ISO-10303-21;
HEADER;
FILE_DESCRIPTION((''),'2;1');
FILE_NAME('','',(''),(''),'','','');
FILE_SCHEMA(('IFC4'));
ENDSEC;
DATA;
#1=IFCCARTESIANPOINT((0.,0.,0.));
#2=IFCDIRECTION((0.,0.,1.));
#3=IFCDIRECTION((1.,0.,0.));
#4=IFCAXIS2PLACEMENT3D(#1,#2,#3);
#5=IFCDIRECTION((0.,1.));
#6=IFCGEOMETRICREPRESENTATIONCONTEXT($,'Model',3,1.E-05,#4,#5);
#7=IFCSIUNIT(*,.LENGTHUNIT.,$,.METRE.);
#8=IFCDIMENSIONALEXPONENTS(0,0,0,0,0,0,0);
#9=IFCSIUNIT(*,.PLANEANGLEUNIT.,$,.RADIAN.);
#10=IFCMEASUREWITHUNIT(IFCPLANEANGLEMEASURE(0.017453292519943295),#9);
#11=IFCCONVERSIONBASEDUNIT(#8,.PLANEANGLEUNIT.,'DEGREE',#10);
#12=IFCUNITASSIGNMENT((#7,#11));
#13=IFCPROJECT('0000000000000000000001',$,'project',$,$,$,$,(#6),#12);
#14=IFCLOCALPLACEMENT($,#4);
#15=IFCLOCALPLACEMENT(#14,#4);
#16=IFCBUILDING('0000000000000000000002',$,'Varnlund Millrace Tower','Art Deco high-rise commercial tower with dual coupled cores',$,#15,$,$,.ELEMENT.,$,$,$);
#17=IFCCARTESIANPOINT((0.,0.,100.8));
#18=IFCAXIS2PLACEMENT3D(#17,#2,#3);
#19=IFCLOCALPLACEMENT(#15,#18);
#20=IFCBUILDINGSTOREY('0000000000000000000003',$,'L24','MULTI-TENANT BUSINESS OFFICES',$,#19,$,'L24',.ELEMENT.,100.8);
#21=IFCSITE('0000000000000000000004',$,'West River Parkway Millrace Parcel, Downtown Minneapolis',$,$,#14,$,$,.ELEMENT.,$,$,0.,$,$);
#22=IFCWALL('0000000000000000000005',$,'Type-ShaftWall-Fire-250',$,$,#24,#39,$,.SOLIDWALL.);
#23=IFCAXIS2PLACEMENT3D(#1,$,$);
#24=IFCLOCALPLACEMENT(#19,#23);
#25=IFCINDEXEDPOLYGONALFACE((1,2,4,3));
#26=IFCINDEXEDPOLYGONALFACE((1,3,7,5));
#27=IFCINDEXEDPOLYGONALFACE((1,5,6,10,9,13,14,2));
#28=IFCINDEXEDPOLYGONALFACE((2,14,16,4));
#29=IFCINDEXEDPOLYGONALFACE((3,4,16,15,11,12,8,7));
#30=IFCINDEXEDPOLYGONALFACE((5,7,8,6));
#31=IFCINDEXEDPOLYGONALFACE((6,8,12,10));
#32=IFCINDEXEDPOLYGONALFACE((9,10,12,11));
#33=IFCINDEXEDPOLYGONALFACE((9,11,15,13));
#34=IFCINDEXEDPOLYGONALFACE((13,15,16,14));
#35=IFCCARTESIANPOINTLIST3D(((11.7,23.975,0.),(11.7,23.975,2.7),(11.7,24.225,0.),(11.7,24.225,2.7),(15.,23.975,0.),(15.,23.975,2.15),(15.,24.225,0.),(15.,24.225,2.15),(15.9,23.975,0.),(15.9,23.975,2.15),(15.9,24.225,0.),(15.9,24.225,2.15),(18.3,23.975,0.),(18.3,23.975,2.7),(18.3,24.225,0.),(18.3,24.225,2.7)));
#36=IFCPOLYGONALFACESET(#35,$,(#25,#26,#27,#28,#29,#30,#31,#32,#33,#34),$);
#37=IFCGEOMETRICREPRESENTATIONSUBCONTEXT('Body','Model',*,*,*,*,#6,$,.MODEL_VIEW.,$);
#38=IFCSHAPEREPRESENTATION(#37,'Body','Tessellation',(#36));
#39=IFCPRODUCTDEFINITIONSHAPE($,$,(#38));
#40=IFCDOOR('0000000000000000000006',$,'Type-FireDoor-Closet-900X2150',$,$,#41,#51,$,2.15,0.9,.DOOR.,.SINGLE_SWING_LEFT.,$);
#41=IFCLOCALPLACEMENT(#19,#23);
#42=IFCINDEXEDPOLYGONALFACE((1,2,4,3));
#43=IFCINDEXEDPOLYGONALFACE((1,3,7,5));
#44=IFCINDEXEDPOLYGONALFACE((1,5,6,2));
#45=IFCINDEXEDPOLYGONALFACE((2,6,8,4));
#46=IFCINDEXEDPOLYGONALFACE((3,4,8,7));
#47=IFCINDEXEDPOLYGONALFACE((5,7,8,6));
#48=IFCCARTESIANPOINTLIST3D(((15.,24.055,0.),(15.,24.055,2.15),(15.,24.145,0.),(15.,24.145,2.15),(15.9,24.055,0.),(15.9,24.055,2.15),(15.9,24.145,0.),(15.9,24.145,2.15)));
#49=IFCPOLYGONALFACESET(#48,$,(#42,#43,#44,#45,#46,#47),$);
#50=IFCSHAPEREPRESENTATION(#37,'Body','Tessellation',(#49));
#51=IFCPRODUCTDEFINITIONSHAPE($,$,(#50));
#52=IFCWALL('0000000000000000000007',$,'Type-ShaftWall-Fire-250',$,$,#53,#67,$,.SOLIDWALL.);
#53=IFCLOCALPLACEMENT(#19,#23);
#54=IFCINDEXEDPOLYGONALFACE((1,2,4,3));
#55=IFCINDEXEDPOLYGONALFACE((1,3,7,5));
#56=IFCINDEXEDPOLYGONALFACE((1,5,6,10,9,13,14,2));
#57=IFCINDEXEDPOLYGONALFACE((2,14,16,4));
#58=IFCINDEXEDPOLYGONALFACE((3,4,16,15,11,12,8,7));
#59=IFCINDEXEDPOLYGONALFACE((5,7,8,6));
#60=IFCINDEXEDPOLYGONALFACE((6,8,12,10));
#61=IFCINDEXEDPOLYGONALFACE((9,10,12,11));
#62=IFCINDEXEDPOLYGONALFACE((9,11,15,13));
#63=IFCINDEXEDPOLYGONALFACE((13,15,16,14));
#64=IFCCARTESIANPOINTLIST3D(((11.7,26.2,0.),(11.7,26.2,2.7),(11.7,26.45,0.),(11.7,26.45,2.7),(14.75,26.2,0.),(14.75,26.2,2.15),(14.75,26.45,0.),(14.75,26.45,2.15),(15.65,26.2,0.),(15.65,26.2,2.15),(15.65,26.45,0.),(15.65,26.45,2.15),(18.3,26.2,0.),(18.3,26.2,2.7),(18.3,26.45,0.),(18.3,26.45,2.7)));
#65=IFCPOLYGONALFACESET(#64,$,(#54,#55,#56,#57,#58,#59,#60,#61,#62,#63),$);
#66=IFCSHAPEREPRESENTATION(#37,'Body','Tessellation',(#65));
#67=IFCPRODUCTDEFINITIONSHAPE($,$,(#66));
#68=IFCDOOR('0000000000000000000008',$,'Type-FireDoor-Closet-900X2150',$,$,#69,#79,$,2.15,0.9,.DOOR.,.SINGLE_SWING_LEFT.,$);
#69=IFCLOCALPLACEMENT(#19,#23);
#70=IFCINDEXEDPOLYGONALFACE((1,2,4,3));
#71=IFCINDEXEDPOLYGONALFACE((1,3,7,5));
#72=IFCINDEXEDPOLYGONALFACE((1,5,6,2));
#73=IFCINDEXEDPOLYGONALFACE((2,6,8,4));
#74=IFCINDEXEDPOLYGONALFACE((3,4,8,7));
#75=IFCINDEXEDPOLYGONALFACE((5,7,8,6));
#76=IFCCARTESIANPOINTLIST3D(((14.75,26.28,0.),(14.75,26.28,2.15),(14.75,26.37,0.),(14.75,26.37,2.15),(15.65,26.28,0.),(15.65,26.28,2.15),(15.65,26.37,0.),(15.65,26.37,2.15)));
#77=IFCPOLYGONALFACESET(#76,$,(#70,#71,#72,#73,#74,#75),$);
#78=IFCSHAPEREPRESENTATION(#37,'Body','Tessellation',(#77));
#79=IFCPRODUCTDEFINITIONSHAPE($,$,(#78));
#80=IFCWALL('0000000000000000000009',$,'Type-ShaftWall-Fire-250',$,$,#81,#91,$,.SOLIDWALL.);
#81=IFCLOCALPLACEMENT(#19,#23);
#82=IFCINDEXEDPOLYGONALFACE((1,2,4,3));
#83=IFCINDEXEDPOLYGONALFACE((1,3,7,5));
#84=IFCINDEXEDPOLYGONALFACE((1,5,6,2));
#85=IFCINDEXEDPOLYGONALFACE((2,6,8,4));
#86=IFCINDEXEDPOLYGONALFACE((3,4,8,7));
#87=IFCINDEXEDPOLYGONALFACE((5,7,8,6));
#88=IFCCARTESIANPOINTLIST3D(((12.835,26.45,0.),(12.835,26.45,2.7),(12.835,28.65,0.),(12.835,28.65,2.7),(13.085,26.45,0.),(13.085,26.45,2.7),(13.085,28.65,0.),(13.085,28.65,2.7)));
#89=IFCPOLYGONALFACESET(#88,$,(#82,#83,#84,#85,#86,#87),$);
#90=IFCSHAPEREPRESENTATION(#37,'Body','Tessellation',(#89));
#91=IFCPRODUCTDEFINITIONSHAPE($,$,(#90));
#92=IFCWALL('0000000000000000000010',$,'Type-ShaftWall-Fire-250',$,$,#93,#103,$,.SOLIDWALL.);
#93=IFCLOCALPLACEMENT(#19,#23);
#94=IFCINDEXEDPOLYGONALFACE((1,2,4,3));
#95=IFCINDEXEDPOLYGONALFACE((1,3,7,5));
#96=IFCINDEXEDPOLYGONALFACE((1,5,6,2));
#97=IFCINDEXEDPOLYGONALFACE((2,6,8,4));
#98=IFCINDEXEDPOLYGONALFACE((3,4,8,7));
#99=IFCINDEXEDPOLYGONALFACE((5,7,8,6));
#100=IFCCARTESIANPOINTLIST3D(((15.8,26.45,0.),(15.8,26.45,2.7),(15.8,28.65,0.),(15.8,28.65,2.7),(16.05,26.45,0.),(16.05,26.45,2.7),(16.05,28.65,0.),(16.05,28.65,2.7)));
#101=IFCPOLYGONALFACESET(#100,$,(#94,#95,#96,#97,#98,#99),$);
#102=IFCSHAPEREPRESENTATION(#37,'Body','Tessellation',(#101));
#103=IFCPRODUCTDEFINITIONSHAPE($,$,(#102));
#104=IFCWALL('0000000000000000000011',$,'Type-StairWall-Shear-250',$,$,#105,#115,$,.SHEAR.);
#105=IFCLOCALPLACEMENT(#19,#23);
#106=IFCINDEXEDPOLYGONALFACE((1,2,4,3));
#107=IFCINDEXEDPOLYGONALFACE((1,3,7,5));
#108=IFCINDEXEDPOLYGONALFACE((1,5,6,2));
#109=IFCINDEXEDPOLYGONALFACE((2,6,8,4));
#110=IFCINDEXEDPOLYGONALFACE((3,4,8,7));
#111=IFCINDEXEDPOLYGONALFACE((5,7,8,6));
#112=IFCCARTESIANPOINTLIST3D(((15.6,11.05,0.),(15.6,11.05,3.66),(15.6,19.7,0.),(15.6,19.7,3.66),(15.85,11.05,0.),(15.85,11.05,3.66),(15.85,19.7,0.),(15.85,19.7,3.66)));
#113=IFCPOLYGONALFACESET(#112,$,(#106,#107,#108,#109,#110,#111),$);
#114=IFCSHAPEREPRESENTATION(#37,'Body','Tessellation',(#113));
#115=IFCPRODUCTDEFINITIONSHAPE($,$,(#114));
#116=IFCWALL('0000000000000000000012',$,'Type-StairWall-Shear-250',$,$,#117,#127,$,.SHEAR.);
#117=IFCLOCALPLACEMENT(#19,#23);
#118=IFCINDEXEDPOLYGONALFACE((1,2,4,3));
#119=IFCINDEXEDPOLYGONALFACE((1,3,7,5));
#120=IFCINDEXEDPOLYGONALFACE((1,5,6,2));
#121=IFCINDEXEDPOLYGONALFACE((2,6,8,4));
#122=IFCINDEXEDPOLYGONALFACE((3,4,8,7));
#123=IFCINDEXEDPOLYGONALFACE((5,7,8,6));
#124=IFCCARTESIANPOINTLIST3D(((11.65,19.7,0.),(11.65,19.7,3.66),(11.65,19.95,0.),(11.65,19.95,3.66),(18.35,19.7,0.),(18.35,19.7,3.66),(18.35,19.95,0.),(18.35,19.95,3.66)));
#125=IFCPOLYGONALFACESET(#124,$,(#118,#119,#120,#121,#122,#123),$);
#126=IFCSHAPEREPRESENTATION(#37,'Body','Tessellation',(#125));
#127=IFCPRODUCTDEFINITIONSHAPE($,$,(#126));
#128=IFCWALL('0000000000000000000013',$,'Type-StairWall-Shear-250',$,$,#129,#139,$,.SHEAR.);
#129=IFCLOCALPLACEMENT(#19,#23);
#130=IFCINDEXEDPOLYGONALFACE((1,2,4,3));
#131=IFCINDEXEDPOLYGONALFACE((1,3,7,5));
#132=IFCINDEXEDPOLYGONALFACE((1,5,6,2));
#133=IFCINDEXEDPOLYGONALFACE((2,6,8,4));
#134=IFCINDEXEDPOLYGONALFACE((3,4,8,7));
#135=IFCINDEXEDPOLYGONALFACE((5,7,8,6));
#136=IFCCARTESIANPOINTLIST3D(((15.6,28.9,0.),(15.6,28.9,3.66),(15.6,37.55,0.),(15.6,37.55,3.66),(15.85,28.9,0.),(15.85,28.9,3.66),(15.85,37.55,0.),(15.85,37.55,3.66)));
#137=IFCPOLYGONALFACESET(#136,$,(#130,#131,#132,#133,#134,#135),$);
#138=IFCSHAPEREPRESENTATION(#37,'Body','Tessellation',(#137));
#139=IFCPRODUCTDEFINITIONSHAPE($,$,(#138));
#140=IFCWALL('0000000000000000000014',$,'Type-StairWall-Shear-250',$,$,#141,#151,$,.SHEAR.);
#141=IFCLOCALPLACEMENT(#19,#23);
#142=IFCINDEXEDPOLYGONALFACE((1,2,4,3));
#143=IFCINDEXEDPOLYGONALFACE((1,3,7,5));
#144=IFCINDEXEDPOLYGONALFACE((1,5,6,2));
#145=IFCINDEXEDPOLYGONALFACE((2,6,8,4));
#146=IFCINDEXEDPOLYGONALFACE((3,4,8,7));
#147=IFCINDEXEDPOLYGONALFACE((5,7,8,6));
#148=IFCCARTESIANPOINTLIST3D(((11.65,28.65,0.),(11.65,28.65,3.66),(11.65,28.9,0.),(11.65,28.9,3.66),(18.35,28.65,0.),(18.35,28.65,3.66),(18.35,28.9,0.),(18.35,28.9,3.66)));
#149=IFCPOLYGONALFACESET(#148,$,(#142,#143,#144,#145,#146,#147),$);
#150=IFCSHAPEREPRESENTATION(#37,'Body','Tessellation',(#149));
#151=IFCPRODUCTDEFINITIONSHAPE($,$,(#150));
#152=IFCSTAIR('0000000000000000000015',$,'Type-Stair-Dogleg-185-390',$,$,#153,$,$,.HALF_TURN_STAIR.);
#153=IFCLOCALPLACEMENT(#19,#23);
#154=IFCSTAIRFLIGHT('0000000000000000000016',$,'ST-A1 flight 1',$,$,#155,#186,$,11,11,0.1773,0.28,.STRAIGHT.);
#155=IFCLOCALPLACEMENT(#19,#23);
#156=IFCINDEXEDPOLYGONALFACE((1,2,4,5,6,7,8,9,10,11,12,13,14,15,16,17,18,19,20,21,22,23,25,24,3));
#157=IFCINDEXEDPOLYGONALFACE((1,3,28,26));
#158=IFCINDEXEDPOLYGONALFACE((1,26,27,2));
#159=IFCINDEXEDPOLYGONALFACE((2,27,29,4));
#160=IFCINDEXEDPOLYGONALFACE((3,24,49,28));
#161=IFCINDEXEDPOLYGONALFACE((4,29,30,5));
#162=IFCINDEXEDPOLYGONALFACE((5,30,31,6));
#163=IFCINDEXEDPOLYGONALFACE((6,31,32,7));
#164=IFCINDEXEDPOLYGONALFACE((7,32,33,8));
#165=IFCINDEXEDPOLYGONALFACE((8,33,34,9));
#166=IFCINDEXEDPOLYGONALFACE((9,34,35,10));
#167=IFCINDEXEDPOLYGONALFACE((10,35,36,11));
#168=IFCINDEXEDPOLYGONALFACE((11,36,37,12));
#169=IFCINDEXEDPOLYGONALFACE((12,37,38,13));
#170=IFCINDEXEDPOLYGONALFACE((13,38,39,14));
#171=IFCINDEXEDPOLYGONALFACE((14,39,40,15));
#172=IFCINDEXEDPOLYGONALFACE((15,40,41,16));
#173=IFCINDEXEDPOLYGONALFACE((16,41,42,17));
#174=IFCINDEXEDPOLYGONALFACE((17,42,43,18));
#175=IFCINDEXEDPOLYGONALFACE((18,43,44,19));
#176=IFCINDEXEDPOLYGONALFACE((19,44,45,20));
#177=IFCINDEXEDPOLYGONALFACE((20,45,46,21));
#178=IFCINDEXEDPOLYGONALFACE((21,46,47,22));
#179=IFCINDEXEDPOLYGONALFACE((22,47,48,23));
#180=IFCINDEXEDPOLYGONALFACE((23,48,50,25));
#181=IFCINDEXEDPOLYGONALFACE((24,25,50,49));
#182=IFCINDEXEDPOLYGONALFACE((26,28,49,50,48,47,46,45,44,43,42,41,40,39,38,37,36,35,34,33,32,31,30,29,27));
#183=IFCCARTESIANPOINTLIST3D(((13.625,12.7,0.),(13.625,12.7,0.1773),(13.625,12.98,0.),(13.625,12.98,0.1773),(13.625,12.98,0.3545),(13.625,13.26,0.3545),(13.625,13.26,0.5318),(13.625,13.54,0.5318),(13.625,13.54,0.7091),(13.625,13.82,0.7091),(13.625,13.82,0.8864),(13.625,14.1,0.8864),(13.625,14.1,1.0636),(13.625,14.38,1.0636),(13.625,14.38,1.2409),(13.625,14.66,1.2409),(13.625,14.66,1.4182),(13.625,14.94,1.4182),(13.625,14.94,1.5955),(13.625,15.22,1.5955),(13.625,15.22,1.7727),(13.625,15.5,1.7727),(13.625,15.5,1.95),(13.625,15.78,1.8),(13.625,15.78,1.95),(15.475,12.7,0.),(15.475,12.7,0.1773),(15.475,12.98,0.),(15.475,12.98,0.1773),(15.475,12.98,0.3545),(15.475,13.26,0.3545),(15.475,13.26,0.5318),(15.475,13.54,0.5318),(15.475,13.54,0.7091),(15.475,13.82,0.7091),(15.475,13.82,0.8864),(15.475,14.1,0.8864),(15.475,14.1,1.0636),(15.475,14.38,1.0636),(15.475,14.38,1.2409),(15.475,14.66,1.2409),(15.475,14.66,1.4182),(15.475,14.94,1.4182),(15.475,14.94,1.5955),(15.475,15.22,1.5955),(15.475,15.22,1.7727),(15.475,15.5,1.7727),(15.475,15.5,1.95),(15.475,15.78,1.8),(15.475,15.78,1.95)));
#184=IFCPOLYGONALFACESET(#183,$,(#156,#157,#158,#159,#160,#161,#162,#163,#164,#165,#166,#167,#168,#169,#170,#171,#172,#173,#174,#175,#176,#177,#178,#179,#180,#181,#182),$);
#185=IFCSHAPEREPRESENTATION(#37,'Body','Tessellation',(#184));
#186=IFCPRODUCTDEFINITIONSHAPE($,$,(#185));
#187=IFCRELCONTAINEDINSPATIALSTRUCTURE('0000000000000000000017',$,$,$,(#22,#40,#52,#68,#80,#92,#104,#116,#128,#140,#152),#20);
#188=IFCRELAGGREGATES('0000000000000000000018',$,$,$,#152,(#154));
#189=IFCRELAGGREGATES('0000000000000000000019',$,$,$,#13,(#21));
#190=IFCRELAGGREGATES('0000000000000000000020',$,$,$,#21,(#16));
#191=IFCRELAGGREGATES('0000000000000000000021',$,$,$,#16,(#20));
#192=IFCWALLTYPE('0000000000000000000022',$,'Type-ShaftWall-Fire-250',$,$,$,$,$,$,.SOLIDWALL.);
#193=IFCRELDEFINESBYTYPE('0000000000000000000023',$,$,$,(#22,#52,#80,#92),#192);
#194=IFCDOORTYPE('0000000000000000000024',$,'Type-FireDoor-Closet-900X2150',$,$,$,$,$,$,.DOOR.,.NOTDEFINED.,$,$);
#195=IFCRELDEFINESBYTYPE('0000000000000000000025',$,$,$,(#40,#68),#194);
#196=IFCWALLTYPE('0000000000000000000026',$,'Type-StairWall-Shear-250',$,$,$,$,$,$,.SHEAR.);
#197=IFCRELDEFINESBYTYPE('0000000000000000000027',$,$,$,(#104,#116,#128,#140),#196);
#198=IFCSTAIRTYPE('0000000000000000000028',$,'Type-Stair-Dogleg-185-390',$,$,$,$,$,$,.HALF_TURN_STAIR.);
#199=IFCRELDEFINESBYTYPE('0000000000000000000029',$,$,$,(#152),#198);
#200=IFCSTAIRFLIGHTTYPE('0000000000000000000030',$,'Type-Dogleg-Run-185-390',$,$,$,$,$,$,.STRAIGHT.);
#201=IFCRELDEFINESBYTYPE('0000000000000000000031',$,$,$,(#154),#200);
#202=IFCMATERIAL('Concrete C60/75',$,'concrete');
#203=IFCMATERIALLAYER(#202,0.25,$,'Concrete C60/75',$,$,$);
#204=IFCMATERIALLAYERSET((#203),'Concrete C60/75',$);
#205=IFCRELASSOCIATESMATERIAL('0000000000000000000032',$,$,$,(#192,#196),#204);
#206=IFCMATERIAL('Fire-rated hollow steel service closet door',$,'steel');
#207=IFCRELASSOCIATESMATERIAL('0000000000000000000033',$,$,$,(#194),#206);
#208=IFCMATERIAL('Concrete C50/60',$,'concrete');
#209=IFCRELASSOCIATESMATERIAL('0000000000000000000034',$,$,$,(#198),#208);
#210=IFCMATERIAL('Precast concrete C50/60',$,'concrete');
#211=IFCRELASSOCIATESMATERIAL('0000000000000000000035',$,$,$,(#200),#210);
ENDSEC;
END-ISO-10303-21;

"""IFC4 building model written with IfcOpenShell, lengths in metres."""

from ifc_helpers import new_model, entity, si_unit, converted_unit, direction, frame, origin_with_axes, origin_2d_with_axis, place, context, subcontext, project, spatial, polyline, rectangle, outline, extrude, material, layer, layer_set, type_object, element, fill, aggregate, save


model = new_model("IFC4")

# Units and contexts
model_context = context("Model", 3, precision=1e-05, world=origin_with_axes(), true_north=direction((0.0, 1.0)))
body_context = subcontext(model_context, "Body", "Model", "MODEL_VIEW")
ifc_project = project(units=[si_unit("LENGTHUNIT", "METRE"), converted_unit("PLANEANGLEUNIT", "DEGREE", entity("IfcPlaneAngleMeasure", 0.017453292519943295), si_unit("PLANEANGLEUNIT", "RADIAN"), dimensions=[0, 0, 0, 0, 0, 0, 0])], contexts=[model_context])

# Site, building, storey
site_placement = place(None, origin_with_axes())
site = spatial("IfcSite", under=ifc_project, at=site_placement, Name="West River Parkway Millrace Parcel, Downtown Minneapolis", CompositionType="ELEMENT", RefElevation=0.0)
building_placement = place(site_placement, origin_with_axes())
building = spatial("IfcBuilding", under=site, at=building_placement, Name="Varnlund Millrace Tower", Description="Art Deco high-rise commercial tower with dual coupled cores", CompositionType="ELEMENT")
storey_placement = place(building_placement, frame((0.0, 0.0, 100.8), z_axis=(0.0, 0.0, 1.0), x_axis=(1.0, 0.0, 0.0)))
storey = spatial("IfcBuildingStorey", under=building, at=storey_placement, Name="L24", Description="MULTI-TENANT BUSINESS OFFICES", LongName="L24", CompositionType="ELEMENT", Elevation=100.8)

# Shared definitions
ifc_material_1 = material(Name="Concrete C60/75", Category="concrete")
ifc_layer_1 = layer(ifc_material_1, 0.25, Name="Concrete C60/75")
ifc_layer_set_1 = layer_set([ifc_layer_1], Name="Concrete C60/75")
wall_type_1 = type_object("IfcWallType", Name="Type-ShaftWall-Fire-250", PredefinedType="SOLIDWALL", material=ifc_layer_set_1)

# Walls, openings, doors
wall_1_placement = place(storey_placement, frame((11.7, 24.1, 0.0), z_axis=(0.0, 0.0, 1.0), x_axis=(1.0, 0.0, 0.0)))
wall_1 = element("IfcWall", 1, at=wall_1_placement, inside=storey, type_object=wall_type_1, Name="Type-ShaftWall-Fire-250", PredefinedType="SOLIDWALL", context=body_context, shape_type="SweptSolid", body=[
    extrude(outline(polyline([(0.0, -0.125), (6.6, -0.125), (6.6, 0.125), (0.0, 0.125), (0.0, -0.125)])), origin_with_axes(), (0.0, 0.0, 1.0), 2.7),
])
opening_1_placement = place(wall_1_placement, frame((3.75, 0.0, 0.0), z_axis=(0.0, 0.0, 1.0), x_axis=(1.0, 0.0, 0.0)))
opening_1 = element("IfcOpeningElement", 2, at=opening_1_placement, cuts=wall_1, PredefinedType="OPENING", context=body_context, shape_type="SweptSolid", body=[
    extrude(rectangle(XDim=0.9, YDim=0.27, at=origin_2d_with_axis()), origin_with_axes(), (0.0, 0.0, 1.0), 2.15),
])
ifc_material_2 = material(Name="Fire-rated hollow steel service closet door", Category="steel")
door_type_1 = type_object("IfcDoorType", Name="Type-FireDoor-Closet-900X2150", OperationType="NOTDEFINED", PredefinedType="DOOR", material=ifc_material_2)
door_1_placement = place(wall_1_placement, frame((3.75, 0.0, 0.0), z_axis=(0.0, 0.0, 1.0), x_axis=(1.0, 0.0, 0.0)))
door_1 = element("IfcDoor", 3, at=door_1_placement, inside=storey, type_object=door_type_1, Name="Type-FireDoor-Closet-900X2150", OperationType="SINGLE_SWING_LEFT", OverallHeight=2.15, OverallWidth=0.9, PredefinedType="DOOR", context=body_context, shape_type="SweptSolid", body=[
    extrude(rectangle(XDim=0.9, YDim=0.09, at=origin_2d_with_axis()), origin_with_axes(), (0.0, 0.0, 1.0), 2.15),
])
fill(opening_1, door_1)
wall_2_placement = place(storey_placement, frame((11.7, 26.325, 0.0), z_axis=(0.0, 0.0, 1.0), x_axis=(1.0, 0.0, 0.0)))
wall_2 = element("IfcWall", 4, at=wall_2_placement, inside=storey, type_object=wall_type_1, Name="Type-ShaftWall-Fire-250", PredefinedType="SOLIDWALL", context=body_context, shape_type="SweptSolid", body=[
    extrude(outline(polyline([(0.0, -0.125), (6.6, -0.125), (6.6, 0.125), (0.0, 0.125), (0.0, -0.125)])), origin_with_axes(), (0.0, 0.0, 1.0), 2.7),
])
opening_2_placement = place(wall_2_placement, frame((3.5, 0.0, 0.0), z_axis=(0.0, 0.0, 1.0), x_axis=(1.0, 0.0, 0.0)))
opening_2 = element("IfcOpeningElement", 5, at=opening_2_placement, cuts=wall_2, PredefinedType="OPENING", context=body_context, shape_type="SweptSolid", body=[
    extrude(rectangle(XDim=0.9, YDim=0.27, at=origin_2d_with_axis()), origin_with_axes(), (0.0, 0.0, 1.0), 2.15),
])
door_2_placement = place(wall_2_placement, frame((3.5, 0.0, 0.0), z_axis=(0.0, 0.0, 1.0), x_axis=(1.0, 0.0, 0.0)))
door_2 = element("IfcDoor", 6, at=door_2_placement, inside=storey, type_object=door_type_1, Name="Type-FireDoor-Closet-900X2150", OperationType="SINGLE_SWING_LEFT", OverallHeight=2.15, OverallWidth=0.9, PredefinedType="DOOR", context=body_context, shape_type="SweptSolid", body=[
    extrude(rectangle(XDim=0.9, YDim=0.09, at=origin_2d_with_axis()), origin_with_axes(), (0.0, 0.0, 1.0), 2.15),
])
fill(opening_2, door_2)

# Walls
for number, where, z_axis, x_axis, name in (
    (7, (12.96, 26.45, 0.0), (0.0, 0.0, 1.0), (0.0, 1.0, 0.0), "Type-ShaftWall-Fire-250"),
    (8, (15.925, 26.45, 0.0), (0.0, 0.0, 1.0), (0.0, 1.0, 0.0), "Type-ShaftWall-Fire-250"),
):
    element("IfcWall", number, at=place(storey_placement, frame(where, z_axis=z_axis, x_axis=x_axis)), inside=storey, type_object=wall_type_1, Name=name, PredefinedType="SOLIDWALL", context=body_context, shape_type="SweptSolid", body=[
        extrude(outline(polyline([(0.0, -0.125), (2.2, -0.125), (2.2, 0.125), (0.0, 0.125), (0.0, -0.125)])), origin_with_axes(), (0.0, 0.0, 1.0), 2.7),
    ])
wall_type_2 = type_object("IfcWallType", Name="Type-StairWall-Shear-250", PredefinedType="SHEAR", material=ifc_layer_set_1)
wall_3_placement = place(storey_placement, frame((15.725, 11.05, 0.0), z_axis=(0.0, 0.0, 1.0), x_axis=(0.0, 1.0, 0.0)))
element("IfcWall", 9, at=wall_3_placement, inside=storey, type_object=wall_type_2, Name="Type-StairWall-Shear-250", PredefinedType="SHEAR", context=body_context, shape_type="SweptSolid", body=[
    extrude(outline(polyline([(0.0, -0.125), (8.65, -0.125), (8.65, 0.125), (0.0, 0.125), (0.0, -0.125)])), origin_with_axes(), (0.0, 0.0, 1.0), 3.66),
])
wall_4_placement = place(storey_placement, frame((11.65, 19.825, 0.0), z_axis=(0.0, 0.0, 1.0), x_axis=(1.0, 0.0, 0.0)))
element("IfcWall", 10, at=wall_4_placement, inside=storey, type_object=wall_type_2, Name="Type-StairWall-Shear-250", PredefinedType="SHEAR", context=body_context, shape_type="SweptSolid", body=[
    extrude(outline(polyline([(0.0, -0.125), (6.7, -0.125), (6.7, 0.125), (0.0, 0.125), (0.0, -0.125)])), origin_with_axes(), (0.0, 0.0, 1.0), 3.66),
])
wall_5_placement = place(storey_placement, frame((15.725, 28.9, 0.0), z_axis=(0.0, 0.0, 1.0), x_axis=(0.0, 1.0, 0.0)))
element("IfcWall", 11, at=wall_5_placement, inside=storey, type_object=wall_type_2, Name="Type-StairWall-Shear-250", PredefinedType="SHEAR", context=body_context, shape_type="SweptSolid", body=[
    extrude(outline(polyline([(0.0, -0.125), (8.65, -0.125), (8.65, 0.125), (0.0, 0.125), (0.0, -0.125)])), origin_with_axes(), (0.0, 0.0, 1.0), 3.66),
])
wall_6_placement = place(storey_placement, frame((11.65, 28.775, 0.0), z_axis=(0.0, 0.0, 1.0), x_axis=(1.0, 0.0, 0.0)))
element("IfcWall", 12, at=wall_6_placement, inside=storey, type_object=wall_type_2, Name="Type-StairWall-Shear-250", PredefinedType="SHEAR", context=body_context, shape_type="SweptSolid", body=[
    extrude(outline(polyline([(0.0, -0.125), (6.7, -0.125), (6.7, 0.125), (0.0, 0.125), (0.0, -0.125)])), origin_with_axes(), (0.0, 0.0, 1.0), 3.66),
])

# Stair, stair flight
ifc_material_3 = material(Name="Concrete C50/60", Category="concrete")
stair_type = type_object("IfcStairType", Name="Type-Stair-Dogleg-185-390", PredefinedType="HALF_TURN_STAIR", material=ifc_material_3)
stair_1_placement = place(storey_placement, origin_with_axes())
stair_1 = element("IfcStair", 13, at=stair_1_placement, inside=storey, type_object=stair_type, Name="Type-Stair-Dogleg-185-390", PredefinedType="HALF_TURN_STAIR")
ifc_material_4 = material(Name="Precast concrete C50/60", Category="concrete")
stair_flight_type = type_object("IfcStairFlightType", Name="Type-Dogleg-Run-185-390", PredefinedType="STRAIGHT", material=ifc_material_4)
stair_flight_1_placement = place(storey_placement, frame((13.625, 12.7, 0.0), z_axis=(1.0, 0.0, 0.0), x_axis=(0.0, 1.0, 0.0)))
stair_flight_1 = element("IfcStairFlight", 14, at=stair_flight_1_placement, type_object=stair_flight_type, Name="ST-A1 flight 1", NumberOfRisers=11, NumberOfTreads=11, PredefinedType="STRAIGHT", RiserHeight=0.1773, TreadLength=0.28, context=body_context, shape_type="SweptSolid", body=[
    extrude(outline(polyline([(0.0, 0.0), (0.0, 0.1773), (0.28, 0.1773), (0.28, 0.3545), (0.56, 0.3545), (0.56, 0.5318), (0.84, 0.5318), (0.84, 0.7091), (1.12, 0.7091), (1.12, 0.8864), (1.4, 0.8864), (1.4, 1.0636), (1.68, 1.0636), (1.68, 1.2409), (1.96, 1.2409), (1.96, 1.4182), (2.24, 1.4182), (2.24, 1.5955), (2.52, 1.5955), (2.52, 1.7727), (2.8, 1.7727), (2.8, 1.95), (3.08, 1.95), (3.08, 1.8), (0.28, 0.0), (0.0, 0.0)])), origin_with_axes(), (0.0, 0.0, 1.0), 1.85),
])
aggregate(stair_1, [stair_flight_1])

save(model, "model.ifc")
